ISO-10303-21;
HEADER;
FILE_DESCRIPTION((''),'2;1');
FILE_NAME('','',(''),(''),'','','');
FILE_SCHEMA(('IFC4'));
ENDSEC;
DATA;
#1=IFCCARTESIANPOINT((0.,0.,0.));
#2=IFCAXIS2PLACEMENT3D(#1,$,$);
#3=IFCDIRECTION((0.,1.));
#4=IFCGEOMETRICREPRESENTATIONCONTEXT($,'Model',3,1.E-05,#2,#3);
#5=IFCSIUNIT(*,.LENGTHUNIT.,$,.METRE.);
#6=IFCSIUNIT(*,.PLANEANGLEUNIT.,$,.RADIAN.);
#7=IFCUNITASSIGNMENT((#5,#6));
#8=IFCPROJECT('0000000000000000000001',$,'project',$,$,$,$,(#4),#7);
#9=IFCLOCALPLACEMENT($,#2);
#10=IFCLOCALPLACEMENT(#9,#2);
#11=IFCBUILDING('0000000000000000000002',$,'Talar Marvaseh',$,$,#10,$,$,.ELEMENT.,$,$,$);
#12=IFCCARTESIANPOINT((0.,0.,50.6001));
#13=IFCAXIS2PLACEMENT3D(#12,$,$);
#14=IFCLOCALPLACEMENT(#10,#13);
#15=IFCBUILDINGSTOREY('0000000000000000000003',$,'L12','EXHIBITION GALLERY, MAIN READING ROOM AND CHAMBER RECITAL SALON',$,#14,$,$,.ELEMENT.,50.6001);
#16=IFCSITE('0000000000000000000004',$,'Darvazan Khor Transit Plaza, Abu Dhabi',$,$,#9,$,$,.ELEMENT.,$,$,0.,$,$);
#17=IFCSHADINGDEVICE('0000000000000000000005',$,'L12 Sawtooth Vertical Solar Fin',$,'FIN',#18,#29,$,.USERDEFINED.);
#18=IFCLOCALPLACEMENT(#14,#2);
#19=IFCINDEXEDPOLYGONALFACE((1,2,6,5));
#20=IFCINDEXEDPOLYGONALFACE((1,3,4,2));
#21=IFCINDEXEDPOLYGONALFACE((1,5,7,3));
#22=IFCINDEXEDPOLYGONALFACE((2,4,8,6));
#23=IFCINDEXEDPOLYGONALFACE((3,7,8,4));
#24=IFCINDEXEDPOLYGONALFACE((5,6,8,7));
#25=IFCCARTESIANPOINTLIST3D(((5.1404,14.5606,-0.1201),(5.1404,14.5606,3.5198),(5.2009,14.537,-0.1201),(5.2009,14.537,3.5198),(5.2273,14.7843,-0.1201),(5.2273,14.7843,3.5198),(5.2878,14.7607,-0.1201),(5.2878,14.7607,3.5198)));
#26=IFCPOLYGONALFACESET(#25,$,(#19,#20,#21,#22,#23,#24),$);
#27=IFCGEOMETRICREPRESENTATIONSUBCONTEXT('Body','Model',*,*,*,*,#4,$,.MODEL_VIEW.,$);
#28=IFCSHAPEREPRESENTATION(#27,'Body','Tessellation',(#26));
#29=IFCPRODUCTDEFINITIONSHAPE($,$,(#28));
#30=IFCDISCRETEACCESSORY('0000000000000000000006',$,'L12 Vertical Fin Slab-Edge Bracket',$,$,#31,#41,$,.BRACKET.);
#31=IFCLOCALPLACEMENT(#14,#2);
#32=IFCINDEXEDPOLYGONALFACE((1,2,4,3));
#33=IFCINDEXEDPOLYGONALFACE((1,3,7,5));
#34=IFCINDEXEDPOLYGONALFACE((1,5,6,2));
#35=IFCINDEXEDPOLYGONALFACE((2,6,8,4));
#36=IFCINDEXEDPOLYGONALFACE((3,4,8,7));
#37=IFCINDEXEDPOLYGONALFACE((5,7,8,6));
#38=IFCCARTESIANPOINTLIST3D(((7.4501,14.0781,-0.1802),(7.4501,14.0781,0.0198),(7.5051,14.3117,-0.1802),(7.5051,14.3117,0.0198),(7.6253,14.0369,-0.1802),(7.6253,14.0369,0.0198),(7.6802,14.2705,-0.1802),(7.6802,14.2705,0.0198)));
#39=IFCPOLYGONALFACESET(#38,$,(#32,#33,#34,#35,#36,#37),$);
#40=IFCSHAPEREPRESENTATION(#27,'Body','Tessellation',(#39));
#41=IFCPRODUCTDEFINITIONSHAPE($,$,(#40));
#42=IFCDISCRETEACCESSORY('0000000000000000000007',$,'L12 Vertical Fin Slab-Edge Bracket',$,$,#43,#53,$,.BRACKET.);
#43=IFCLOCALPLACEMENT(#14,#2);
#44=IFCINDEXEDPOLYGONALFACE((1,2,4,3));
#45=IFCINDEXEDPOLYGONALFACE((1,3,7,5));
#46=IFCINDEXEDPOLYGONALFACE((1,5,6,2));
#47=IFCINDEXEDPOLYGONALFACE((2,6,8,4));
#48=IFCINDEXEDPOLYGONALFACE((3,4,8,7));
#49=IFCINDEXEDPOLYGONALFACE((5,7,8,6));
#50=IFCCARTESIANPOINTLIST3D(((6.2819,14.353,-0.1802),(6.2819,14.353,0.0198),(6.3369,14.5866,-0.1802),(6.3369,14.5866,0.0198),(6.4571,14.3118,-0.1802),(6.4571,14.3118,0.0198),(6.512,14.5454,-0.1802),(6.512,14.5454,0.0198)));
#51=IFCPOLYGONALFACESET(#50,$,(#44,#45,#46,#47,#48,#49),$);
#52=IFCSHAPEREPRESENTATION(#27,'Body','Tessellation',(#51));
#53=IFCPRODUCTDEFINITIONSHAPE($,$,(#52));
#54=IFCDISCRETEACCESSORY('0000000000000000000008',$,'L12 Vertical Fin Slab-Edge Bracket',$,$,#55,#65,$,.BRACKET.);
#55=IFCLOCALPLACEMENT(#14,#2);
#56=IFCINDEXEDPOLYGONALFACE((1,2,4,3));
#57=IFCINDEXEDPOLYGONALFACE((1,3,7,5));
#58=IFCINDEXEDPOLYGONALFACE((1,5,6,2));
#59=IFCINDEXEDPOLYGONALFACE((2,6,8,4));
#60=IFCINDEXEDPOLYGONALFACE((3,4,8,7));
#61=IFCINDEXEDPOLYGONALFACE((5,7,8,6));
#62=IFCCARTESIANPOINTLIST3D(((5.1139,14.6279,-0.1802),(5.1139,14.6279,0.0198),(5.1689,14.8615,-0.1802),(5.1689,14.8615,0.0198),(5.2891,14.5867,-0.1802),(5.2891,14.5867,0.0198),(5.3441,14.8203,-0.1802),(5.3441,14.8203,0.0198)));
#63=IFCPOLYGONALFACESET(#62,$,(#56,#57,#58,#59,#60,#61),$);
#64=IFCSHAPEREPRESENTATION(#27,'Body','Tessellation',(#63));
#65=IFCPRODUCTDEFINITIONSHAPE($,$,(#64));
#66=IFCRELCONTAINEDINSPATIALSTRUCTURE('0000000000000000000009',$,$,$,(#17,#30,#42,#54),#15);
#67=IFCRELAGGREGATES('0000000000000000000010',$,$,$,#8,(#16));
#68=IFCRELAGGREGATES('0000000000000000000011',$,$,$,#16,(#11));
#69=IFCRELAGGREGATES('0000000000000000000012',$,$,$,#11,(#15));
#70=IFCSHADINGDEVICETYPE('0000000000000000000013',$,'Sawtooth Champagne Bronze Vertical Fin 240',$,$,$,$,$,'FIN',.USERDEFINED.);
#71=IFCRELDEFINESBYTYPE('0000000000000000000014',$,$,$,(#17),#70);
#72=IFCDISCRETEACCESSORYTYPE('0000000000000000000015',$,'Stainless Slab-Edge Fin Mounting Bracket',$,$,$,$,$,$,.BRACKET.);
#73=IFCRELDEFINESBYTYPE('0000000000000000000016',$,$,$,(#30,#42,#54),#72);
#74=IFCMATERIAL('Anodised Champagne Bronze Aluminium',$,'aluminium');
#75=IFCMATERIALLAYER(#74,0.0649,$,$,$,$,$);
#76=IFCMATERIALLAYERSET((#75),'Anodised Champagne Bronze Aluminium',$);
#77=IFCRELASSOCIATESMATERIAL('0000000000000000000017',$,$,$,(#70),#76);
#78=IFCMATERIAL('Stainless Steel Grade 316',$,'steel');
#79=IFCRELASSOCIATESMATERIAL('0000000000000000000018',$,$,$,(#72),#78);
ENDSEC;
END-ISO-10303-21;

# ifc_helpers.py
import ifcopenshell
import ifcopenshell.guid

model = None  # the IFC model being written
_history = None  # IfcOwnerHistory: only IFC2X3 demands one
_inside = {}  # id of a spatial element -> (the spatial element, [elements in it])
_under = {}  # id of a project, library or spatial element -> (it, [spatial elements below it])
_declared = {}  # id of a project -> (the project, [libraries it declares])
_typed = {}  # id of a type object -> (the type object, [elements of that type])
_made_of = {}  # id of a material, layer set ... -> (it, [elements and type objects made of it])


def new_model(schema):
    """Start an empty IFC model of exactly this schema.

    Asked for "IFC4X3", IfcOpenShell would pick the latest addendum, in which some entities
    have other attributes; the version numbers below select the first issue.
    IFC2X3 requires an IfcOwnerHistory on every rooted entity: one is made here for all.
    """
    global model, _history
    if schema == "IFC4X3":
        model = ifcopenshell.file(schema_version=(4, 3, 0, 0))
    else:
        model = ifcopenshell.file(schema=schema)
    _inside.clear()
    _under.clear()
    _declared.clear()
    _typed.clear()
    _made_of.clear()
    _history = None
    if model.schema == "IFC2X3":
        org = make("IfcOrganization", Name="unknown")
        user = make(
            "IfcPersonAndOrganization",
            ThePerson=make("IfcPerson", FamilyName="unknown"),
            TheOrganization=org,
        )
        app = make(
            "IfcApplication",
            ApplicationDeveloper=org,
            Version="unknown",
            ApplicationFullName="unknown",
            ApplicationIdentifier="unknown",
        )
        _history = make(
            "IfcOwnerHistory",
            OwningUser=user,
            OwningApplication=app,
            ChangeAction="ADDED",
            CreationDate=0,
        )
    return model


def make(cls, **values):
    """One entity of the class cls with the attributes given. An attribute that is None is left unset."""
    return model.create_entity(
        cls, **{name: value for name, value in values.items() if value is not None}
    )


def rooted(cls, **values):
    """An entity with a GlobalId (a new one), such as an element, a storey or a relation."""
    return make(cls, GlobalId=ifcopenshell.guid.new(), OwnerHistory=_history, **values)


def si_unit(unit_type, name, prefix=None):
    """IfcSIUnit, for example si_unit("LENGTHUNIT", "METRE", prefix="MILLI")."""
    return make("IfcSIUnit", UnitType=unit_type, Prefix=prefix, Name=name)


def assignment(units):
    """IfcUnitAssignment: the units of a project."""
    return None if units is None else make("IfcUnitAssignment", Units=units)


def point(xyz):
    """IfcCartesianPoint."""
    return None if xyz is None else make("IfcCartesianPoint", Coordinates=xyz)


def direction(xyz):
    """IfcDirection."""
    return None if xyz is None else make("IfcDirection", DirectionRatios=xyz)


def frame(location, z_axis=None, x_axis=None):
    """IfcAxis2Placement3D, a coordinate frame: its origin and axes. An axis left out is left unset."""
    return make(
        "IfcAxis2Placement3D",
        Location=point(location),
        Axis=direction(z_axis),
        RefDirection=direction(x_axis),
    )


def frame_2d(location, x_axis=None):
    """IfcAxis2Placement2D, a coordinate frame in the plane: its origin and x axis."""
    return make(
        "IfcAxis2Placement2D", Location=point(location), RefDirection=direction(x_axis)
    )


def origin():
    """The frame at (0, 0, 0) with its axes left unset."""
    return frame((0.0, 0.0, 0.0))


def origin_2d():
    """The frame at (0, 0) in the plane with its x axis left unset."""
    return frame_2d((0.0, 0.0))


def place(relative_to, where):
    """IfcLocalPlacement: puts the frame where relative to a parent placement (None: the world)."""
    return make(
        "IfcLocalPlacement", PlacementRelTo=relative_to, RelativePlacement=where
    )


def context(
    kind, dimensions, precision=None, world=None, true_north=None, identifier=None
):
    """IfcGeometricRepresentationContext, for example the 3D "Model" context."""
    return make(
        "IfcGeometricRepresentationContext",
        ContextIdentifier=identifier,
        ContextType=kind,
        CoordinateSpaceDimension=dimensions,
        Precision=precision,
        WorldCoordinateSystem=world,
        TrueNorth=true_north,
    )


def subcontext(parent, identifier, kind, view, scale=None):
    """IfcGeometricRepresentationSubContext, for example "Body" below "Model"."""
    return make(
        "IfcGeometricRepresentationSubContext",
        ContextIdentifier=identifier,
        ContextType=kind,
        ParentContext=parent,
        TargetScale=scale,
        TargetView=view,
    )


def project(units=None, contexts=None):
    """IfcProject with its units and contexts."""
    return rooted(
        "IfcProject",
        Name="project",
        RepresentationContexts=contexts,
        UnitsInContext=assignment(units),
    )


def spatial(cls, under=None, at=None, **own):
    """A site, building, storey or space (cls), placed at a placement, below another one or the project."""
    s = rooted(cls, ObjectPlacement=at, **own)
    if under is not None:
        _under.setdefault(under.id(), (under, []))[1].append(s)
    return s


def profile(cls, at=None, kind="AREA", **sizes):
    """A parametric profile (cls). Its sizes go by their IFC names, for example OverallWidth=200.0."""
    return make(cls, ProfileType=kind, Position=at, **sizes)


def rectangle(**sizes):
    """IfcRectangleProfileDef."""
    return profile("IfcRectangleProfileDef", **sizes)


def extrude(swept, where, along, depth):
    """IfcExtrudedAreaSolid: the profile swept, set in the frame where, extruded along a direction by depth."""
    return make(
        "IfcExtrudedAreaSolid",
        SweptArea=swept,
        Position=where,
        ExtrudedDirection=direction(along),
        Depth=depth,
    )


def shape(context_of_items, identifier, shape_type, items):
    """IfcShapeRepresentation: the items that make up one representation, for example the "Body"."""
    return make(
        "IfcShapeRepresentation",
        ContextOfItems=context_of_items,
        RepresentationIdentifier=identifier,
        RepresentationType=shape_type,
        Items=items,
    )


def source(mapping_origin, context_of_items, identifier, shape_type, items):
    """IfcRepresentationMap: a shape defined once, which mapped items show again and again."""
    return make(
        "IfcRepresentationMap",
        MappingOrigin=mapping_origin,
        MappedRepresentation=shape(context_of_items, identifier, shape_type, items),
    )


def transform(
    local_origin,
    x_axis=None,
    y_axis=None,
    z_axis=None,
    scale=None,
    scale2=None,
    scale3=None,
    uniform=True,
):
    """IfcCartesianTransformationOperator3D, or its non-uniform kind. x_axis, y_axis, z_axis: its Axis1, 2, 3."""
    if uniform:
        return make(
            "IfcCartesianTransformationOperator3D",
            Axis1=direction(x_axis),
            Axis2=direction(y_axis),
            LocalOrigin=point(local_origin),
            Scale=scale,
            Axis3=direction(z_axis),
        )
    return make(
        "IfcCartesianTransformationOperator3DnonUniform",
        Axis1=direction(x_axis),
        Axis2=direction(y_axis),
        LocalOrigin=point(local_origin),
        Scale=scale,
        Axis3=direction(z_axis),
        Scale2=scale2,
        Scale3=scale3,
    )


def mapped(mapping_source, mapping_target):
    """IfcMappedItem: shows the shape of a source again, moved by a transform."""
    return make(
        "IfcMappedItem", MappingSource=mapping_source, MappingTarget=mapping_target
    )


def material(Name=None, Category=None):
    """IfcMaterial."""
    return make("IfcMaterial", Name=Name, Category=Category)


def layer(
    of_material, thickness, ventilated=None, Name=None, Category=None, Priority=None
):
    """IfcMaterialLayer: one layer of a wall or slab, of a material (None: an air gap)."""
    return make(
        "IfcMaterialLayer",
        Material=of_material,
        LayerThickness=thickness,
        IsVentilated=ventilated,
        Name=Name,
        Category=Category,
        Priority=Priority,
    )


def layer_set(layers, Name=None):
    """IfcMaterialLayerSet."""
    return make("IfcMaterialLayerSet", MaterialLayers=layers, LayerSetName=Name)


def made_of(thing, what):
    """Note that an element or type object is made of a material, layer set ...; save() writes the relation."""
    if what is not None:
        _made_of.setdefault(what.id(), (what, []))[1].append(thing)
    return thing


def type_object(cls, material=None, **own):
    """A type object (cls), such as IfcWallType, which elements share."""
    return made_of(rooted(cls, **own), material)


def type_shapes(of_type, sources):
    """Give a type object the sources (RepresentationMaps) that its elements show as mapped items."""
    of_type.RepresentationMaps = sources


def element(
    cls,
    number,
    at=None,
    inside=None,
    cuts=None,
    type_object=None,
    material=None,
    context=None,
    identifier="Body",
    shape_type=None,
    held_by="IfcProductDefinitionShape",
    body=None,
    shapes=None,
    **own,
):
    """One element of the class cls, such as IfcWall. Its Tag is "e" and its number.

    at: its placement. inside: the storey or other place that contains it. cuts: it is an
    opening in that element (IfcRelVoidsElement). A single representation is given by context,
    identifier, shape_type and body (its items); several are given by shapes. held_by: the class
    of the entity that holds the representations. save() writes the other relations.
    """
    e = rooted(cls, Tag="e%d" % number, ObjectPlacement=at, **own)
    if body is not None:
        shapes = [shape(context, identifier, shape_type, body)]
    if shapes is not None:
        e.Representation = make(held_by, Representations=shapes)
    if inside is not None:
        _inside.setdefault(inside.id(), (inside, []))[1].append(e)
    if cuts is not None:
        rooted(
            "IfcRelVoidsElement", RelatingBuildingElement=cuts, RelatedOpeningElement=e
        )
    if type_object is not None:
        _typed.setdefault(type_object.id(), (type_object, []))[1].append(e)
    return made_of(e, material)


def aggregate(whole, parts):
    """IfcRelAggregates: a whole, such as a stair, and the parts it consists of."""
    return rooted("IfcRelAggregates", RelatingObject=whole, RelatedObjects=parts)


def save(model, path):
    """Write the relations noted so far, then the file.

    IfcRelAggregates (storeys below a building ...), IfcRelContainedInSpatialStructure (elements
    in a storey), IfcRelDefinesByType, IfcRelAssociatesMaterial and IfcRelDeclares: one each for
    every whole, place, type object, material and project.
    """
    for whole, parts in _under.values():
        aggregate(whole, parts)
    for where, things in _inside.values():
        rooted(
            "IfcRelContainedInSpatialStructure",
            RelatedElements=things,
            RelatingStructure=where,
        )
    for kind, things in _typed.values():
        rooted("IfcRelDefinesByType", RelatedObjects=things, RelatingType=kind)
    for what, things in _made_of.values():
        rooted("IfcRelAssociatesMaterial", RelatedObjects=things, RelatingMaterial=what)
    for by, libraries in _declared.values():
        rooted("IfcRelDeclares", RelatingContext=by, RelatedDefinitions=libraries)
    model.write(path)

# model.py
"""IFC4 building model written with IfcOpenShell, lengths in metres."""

from ifc_helpers import new_model, si_unit, direction, frame, origin, origin_2d, place, context, subcontext, project, spatial, rectangle, extrude, source, transform, mapped, material, layer, layer_set, type_object, type_shapes, element, save


model = new_model("IFC4")

# Units and contexts
model_context = context("Model", 3, precision=1e-05, world=origin(), true_north=direction((0.0, 1.0)))
body_context = subcontext(model_context, "Body", "Model", "MODEL_VIEW")
ifc_project = project(units=[si_unit("LENGTHUNIT", "METRE"), si_unit("PLANEANGLEUNIT", "RADIAN")], contexts=[model_context])

# Site, building, storey
site_placement = place(None, origin())
site = spatial("IfcSite", under=ifc_project, at=site_placement, Name="Darvazan Khor Transit Plaza, Abu Dhabi", CompositionType="ELEMENT", RefElevation=0.0)
building_placement = place(site_placement, origin())
building = spatial("IfcBuilding", under=site, at=building_placement, Name="Talar Marvaseh", CompositionType="ELEMENT")
storey_placement = place(building_placement, frame((0.0, 0.0, 50.6001)))
storey = spatial("IfcBuildingStorey", under=building, at=storey_placement, Name="L12", Description="EXHIBITION GALLERY, MAIN READING ROOM AND CHAMBER RECITAL SALON", CompositionType="ELEMENT", Elevation=50.6001)

# Shading device
ifc_material_1 = material(Name="Anodised Champagne Bronze Aluminium", Category="aluminium")
ifc_layer_1 = layer(ifc_material_1, 0.0649)
ifc_layer_set_1 = layer_set([ifc_layer_1], Name="Anodised Champagne Bronze Aluminium")
shading_device_type = type_object("IfcShadingDeviceType", Name="Sawtooth Champagne Bronze Vertical Fin 240", ElementType="FIN", PredefinedType="USERDEFINED", material=ifc_layer_set_1)
shared_shape_1 = source(origin(), body_context, "Body", "SweptSolid", [
    extrude(rectangle(XDim=0.24, YDim=0.0649, at=origin_2d()), origin(), (0.0, 0.0, 1.0), 3.6399),
])
type_shapes(shading_device_type, [shared_shape_1])
for number, where, z_axis, x_axis, name in (
    (1, (5.2141, 14.6606, -0.1201), (0.0, 0.0, 1.0), (-0.362275, -0.932071, 0.0), "L12 Sawtooth Vertical Solar Fin"),
):
    element("IfcShadingDevice", number, at=place(storey_placement, frame(where, z_axis=z_axis, x_axis=x_axis)), inside=storey, type_object=shading_device_type, Name=name, ObjectType="FIN", PredefinedType="USERDEFINED", context=body_context, shape_type="MappedRepresentation", body=[
        mapped(shared_shape_1, transform((0.0, 0.0, 0.0), x_axis=(1.0, 0.0, 0.0), y_axis=(0.0, 1.0, 0.0), z_axis=(0.0, 0.0, 1.0), scale=1.0)),
    ])

# Discrete accessories
ifc_material_2 = material(Name="Stainless Steel Grade 316", Category="steel")
discrete_accessory_type = type_object("IfcDiscreteAccessoryType", Name="Stainless Slab-Edge Fin Mounting Bracket", PredefinedType="BRACKET", material=ifc_material_2)
shared_shape_2 = source(origin(), body_context, "Body", "SweptSolid", [
    extrude(rectangle(XDim=0.24, YDim=0.1799, at=origin_2d()), origin(), (0.0, 0.0, 1.0), 0.2),
])
type_shapes(discrete_accessory_type, [shared_shape_2])
for number, where, z_axis, x_axis, name in (
    (2, (7.5652, 14.1743, -0.1802), (0.0, 0.0, 1.0), (-0.229031, -0.973419, 0.0), "L12 Vertical Fin Slab-Edge Bracket"),
    (3, (6.397, 14.4492, -0.1802), (0.0, 0.0, 1.0), (-0.229031, -0.973419, 0.0), "L12 Vertical Fin Slab-Edge Bracket"),
    (4, (5.229, 14.7241, -0.1802), (0.0, 0.0, 1.0), (-0.229031, -0.973419, 0.0), "L12 Vertical Fin Slab-Edge Bracket"),
):
    element("IfcDiscreteAccessory", number, at=place(storey_placement, frame(where, z_axis=z_axis, x_axis=x_axis)), inside=storey, type_object=discrete_accessory_type, Name=name, PredefinedType="BRACKET", context=body_context, shape_type="MappedRepresentation", body=[
        mapped(shared_shape_2, transform((0.0, 0.0, 0.0), x_axis=(1.0, 0.0, 0.0), y_axis=(0.0, 1.0, 0.0), z_axis=(0.0, 0.0, 1.0), scale=1.0)),
    ])

save(model, "model.ifc")
